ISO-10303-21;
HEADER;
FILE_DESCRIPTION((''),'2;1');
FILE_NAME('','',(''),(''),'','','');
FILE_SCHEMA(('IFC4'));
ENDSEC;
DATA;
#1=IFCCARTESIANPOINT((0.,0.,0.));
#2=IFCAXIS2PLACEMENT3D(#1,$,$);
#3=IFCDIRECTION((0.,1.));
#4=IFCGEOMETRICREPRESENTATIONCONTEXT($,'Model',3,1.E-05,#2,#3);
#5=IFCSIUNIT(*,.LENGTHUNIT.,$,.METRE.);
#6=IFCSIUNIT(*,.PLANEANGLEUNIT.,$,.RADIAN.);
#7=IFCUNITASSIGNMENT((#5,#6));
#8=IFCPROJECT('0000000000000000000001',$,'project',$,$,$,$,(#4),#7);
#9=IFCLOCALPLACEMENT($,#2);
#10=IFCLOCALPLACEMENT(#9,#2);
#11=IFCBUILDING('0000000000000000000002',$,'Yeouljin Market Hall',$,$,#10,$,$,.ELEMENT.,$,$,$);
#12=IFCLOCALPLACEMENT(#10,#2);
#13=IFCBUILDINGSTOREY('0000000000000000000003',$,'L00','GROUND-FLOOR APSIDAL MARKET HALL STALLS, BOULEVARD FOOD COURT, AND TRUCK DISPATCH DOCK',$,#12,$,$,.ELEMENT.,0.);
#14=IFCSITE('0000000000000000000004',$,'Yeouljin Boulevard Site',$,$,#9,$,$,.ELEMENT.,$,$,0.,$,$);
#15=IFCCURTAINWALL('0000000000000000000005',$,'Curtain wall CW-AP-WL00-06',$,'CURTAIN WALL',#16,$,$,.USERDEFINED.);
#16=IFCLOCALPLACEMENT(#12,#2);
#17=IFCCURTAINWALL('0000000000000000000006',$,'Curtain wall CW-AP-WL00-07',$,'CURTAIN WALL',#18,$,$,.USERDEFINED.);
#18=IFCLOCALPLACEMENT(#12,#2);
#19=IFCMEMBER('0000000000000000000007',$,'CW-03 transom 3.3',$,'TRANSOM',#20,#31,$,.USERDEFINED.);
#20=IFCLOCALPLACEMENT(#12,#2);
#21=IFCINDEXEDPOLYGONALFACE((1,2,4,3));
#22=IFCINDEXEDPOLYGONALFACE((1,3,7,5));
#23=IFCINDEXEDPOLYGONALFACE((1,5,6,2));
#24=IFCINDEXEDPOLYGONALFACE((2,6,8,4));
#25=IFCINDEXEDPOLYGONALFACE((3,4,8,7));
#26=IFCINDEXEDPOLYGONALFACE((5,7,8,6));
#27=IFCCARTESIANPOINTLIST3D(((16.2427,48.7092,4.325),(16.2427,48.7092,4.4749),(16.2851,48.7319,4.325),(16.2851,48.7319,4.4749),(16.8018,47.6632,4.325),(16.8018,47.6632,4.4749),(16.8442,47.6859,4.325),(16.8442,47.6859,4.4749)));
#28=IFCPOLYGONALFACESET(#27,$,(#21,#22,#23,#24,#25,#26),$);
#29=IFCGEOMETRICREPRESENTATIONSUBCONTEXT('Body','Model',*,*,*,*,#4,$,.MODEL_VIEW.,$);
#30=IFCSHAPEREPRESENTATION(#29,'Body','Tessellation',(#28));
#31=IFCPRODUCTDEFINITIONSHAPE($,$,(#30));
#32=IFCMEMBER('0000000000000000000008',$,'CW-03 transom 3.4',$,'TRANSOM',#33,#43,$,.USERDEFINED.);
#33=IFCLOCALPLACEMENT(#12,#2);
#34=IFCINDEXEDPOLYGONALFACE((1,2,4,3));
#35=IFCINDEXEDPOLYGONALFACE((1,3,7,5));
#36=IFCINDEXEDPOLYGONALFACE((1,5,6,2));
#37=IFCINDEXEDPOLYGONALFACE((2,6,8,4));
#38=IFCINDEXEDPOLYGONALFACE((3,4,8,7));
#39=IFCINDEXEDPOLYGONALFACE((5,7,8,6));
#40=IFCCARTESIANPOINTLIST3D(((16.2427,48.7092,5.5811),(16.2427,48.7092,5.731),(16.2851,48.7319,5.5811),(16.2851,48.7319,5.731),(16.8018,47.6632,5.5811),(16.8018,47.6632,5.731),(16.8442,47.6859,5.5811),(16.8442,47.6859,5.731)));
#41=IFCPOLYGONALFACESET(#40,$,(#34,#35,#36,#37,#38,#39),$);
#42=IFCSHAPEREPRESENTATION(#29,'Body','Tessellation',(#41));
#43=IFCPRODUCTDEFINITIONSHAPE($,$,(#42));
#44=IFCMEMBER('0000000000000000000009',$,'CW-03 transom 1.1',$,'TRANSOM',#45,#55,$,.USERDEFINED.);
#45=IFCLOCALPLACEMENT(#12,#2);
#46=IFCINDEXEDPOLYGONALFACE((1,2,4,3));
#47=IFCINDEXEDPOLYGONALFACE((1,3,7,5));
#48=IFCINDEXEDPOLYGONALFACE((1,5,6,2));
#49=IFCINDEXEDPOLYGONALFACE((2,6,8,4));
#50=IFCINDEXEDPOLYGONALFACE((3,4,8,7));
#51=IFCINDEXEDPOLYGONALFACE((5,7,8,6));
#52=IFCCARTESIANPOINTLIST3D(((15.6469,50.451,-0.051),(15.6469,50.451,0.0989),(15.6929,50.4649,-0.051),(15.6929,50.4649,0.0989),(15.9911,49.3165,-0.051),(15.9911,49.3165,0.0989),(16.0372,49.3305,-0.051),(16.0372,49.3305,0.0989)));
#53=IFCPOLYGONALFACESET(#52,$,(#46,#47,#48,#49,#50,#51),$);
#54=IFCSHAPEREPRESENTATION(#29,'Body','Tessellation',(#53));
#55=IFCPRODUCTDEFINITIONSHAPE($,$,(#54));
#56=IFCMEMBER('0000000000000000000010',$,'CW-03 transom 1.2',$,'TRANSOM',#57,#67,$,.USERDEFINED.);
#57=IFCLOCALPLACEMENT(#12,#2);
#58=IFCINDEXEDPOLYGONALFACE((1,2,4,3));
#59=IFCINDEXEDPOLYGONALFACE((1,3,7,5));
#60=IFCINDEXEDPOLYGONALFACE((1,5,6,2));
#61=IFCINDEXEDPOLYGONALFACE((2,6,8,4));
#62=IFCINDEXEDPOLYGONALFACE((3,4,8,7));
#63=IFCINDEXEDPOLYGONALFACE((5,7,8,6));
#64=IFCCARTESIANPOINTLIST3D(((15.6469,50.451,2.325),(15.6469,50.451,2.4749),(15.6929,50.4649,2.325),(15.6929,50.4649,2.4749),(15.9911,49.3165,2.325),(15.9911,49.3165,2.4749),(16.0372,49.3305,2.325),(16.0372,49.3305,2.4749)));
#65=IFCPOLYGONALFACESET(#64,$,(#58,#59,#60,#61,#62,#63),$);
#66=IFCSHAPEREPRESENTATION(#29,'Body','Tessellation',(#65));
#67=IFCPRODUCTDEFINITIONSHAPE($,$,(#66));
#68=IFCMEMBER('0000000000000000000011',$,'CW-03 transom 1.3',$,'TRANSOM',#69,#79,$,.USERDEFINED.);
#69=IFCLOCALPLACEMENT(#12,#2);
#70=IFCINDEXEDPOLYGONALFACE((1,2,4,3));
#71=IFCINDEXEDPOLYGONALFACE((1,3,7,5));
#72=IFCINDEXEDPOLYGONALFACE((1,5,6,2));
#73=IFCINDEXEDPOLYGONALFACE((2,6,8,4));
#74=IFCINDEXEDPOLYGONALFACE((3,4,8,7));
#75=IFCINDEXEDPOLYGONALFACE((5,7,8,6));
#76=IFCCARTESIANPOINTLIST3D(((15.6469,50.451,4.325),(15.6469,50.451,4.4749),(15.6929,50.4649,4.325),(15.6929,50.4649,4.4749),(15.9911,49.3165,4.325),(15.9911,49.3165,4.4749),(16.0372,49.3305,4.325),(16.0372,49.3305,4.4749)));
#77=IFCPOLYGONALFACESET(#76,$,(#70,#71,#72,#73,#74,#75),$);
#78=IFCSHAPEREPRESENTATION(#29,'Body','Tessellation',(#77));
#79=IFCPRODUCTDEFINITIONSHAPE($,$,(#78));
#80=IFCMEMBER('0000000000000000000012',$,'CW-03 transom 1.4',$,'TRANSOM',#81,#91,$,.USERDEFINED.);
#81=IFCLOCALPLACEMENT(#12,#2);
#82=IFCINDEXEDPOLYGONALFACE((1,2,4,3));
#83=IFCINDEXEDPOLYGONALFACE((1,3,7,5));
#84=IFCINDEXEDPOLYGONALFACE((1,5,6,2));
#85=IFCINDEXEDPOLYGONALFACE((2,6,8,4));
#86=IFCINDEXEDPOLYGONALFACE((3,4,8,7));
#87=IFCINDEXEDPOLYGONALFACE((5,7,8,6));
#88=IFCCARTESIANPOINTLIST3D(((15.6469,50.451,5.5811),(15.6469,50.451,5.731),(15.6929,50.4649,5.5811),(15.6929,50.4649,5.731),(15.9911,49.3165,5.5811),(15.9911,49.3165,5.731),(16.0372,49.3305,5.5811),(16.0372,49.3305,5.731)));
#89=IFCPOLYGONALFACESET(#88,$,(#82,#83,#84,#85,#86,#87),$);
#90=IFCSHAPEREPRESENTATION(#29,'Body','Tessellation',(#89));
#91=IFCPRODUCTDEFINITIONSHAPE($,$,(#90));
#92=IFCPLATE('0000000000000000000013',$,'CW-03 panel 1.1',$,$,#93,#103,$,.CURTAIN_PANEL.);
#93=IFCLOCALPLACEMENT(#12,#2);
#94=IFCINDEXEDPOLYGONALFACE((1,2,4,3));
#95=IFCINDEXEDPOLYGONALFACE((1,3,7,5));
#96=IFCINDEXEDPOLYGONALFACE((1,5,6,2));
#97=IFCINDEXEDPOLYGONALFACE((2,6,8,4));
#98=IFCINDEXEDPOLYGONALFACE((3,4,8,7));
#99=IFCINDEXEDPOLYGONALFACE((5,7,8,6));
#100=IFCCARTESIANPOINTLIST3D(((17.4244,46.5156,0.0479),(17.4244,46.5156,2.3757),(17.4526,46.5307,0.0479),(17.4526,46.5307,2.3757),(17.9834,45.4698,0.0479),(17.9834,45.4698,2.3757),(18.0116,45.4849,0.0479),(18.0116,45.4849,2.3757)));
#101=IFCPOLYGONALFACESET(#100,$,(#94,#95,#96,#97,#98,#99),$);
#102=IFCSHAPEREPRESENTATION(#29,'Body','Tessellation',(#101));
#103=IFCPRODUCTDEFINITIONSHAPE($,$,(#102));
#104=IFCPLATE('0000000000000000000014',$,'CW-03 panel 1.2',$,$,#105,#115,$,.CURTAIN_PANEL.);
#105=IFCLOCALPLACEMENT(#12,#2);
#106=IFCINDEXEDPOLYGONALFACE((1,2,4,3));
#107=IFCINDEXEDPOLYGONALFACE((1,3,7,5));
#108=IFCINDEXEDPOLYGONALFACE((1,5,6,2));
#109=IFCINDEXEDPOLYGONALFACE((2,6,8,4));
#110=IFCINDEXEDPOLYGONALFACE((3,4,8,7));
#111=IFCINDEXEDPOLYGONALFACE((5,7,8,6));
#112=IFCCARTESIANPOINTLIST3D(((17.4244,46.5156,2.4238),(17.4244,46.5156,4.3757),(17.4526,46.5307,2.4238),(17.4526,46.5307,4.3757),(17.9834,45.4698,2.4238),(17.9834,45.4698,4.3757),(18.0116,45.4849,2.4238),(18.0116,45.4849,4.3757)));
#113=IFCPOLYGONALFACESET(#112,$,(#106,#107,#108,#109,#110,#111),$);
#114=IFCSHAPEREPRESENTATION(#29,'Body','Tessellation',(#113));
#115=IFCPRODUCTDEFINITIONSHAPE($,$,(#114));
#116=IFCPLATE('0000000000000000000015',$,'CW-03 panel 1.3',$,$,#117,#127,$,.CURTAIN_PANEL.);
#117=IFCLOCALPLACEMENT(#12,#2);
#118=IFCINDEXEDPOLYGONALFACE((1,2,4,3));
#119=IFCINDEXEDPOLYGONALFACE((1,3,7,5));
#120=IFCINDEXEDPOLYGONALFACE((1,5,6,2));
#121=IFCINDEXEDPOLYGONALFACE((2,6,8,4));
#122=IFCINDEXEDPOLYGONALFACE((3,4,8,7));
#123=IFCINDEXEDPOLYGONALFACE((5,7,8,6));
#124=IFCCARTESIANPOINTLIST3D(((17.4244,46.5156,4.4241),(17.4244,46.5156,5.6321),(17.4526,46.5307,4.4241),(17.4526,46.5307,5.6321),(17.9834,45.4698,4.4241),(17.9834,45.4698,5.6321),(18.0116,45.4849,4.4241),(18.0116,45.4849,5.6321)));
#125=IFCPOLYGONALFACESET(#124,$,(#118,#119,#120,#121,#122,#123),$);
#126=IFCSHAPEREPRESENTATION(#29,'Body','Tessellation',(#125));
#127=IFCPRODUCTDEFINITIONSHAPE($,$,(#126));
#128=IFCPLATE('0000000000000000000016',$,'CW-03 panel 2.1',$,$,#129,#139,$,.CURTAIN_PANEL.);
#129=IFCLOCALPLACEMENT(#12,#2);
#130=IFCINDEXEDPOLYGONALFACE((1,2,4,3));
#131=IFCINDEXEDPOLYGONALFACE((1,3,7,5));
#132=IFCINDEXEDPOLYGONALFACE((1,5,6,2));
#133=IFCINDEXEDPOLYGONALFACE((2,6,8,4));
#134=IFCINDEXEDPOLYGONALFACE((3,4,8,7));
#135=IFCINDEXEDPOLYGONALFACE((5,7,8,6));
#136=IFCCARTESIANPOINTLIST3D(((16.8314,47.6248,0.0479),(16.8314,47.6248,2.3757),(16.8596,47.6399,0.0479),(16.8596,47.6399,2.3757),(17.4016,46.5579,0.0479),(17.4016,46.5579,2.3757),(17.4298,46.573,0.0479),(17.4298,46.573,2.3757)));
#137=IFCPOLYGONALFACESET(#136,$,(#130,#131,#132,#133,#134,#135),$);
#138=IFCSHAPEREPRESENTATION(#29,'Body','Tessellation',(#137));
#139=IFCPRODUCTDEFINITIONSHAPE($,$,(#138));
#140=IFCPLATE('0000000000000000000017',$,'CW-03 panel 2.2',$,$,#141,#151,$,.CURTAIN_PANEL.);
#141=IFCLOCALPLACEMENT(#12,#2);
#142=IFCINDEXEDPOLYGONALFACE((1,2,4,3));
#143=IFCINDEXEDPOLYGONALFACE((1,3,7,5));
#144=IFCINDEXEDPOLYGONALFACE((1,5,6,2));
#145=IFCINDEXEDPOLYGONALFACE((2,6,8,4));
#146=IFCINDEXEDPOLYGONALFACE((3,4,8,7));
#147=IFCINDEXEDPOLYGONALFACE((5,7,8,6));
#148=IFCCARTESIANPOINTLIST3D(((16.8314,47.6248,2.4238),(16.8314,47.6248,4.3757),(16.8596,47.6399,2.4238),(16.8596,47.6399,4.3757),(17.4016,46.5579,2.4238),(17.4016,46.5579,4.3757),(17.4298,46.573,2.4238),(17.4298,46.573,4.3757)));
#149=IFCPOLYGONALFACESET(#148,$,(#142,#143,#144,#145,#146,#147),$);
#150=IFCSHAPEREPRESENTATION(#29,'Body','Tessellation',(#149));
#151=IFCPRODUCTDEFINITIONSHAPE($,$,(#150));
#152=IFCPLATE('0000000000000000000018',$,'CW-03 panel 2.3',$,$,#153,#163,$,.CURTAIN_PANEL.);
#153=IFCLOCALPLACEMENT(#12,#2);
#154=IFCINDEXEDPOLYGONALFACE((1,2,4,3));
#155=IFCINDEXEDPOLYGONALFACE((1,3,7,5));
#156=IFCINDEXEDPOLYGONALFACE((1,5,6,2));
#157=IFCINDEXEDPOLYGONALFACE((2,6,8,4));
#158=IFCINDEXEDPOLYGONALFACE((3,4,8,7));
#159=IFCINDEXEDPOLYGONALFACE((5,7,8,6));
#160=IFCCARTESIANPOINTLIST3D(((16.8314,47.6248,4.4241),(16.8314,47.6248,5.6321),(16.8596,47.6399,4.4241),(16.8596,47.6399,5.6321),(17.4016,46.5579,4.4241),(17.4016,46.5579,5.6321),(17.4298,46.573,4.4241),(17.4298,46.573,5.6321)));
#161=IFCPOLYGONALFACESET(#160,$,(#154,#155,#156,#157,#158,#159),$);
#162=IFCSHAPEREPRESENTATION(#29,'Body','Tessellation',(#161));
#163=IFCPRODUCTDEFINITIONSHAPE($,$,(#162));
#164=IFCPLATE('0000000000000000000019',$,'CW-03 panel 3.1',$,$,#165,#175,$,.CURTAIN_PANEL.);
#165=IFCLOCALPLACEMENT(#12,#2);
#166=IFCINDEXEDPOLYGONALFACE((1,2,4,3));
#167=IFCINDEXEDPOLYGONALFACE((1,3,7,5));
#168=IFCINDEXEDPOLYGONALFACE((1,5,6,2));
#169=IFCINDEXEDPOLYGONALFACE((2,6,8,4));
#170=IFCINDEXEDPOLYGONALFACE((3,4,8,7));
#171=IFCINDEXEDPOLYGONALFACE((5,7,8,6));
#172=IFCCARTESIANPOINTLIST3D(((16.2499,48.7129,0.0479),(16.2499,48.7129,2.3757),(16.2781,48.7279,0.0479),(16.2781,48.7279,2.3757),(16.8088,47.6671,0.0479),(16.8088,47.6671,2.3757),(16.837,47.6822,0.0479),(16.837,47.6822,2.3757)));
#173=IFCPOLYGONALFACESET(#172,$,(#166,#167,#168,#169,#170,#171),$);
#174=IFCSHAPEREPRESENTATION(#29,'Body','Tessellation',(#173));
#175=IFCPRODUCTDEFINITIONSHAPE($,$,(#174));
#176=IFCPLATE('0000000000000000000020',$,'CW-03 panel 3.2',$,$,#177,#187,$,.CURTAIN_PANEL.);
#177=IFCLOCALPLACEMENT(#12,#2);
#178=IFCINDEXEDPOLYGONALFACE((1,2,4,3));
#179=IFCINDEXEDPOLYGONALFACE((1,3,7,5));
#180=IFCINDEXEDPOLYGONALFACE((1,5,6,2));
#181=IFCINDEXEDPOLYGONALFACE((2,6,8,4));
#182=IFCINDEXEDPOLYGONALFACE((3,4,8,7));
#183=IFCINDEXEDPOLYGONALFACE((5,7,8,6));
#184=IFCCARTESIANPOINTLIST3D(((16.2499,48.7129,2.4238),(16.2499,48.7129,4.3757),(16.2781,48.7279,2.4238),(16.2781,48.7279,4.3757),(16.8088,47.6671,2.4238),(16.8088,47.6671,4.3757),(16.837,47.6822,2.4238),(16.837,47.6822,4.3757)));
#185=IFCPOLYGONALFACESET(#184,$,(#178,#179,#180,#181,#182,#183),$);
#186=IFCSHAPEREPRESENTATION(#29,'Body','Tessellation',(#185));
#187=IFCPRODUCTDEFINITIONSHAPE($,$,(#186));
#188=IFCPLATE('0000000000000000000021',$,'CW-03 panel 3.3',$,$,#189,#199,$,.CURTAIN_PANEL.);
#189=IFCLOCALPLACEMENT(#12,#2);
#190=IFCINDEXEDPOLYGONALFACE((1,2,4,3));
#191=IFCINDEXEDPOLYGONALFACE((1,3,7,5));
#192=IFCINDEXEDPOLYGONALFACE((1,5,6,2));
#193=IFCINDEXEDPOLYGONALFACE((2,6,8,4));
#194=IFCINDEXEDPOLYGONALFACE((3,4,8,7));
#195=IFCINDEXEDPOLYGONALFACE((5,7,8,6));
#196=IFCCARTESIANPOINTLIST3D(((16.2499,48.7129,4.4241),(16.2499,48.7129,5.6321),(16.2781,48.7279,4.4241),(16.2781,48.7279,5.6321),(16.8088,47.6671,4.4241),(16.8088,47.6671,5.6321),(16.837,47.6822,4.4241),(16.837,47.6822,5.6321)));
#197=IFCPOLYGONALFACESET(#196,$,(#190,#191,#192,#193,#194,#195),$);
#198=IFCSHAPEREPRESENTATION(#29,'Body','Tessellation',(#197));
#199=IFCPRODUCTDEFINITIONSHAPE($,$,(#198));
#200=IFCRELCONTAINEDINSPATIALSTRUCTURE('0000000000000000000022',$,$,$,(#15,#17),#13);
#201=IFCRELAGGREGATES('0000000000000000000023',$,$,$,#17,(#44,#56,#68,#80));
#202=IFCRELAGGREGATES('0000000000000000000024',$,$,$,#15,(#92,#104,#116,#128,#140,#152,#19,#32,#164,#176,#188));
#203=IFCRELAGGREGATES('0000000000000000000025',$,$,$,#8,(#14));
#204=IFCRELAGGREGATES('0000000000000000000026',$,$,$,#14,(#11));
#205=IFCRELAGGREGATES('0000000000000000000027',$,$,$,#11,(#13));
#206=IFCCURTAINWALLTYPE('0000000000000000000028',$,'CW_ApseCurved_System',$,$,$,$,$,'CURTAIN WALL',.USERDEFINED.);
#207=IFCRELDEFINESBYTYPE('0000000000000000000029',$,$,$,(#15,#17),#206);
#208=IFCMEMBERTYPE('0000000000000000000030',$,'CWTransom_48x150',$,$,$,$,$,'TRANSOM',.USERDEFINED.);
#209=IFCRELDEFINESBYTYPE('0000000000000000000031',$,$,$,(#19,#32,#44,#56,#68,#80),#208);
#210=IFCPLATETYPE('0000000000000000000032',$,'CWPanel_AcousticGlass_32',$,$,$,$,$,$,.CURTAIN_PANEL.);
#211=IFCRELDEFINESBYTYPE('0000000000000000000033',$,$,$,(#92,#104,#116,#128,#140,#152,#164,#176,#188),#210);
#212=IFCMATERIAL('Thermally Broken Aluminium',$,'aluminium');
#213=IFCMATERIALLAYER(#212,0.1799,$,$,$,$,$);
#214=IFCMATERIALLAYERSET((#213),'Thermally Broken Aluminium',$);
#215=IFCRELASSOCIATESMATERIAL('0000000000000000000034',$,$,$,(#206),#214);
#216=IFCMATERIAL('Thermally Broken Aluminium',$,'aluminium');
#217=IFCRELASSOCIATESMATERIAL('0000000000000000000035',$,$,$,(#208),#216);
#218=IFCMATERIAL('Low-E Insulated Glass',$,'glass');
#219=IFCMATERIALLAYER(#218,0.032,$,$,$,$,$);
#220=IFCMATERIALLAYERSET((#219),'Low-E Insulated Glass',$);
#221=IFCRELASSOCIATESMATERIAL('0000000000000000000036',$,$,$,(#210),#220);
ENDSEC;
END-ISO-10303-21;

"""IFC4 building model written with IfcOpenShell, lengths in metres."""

from ifc_helpers import new_model, si_unit, direction, frame, origin, origin_2d, place, context, subcontext, project, spatial, rectangle, extrude, material, layer, layer_set, material_profile, profile_set, type_object, element, aggregate, save


model = new_model("IFC4")

# Units and contexts
model_context = context("Model", 3, precision=1e-05, world=origin(), true_north=direction((0.0, 1.0)))
body_context = subcontext(model_context, "Body", "Model", "MODEL_VIEW")
ifc_project = project(units=[si_unit("LENGTHUNIT", "METRE"), si_unit("PLANEANGLEUNIT", "RADIAN")], contexts=[model_context])

# Site, building, storey
site_placement = place(None, origin())
site = spatial("IfcSite", under=ifc_project, at=site_placement, Name="Yeouljin Boulevard Site", CompositionType="ELEMENT", RefElevation=0.0)
building_placement = place(site_placement, origin())
building = spatial("IfcBuilding", under=site, at=building_placement, Name="Yeouljin Market Hall", CompositionType="ELEMENT")
storey_placement = place(building_placement, origin())
storey = spatial("IfcBuildingStorey", under=building, at=storey_placement, Name="L00", Description="GROUND-FLOOR APSIDAL MARKET HALL STALLS, BOULEVARD FOOD COURT, AND TRUCK DISPATCH DOCK", CompositionType="ELEMENT", Elevation=0.0)

# Curtain wall
ifc_material_1 = material(Name="Thermally Broken Aluminium", Category="aluminium")
ifc_layer_1 = layer(ifc_material_1, 0.1799)
ifc_layer_set_1 = layer_set([ifc_layer_1], Name="Thermally Broken Aluminium")
curtain_wall_type = type_object("IfcCurtainWallType", Name="CW_ApseCurved_System", ElementType="CURTAIN WALL", PredefinedType="USERDEFINED", material=ifc_layer_set_1)
curtain_wall_1_placement = place(storey_placement, origin())
curtain_wall_1 = element("IfcCurtainWall", 1, at=curtain_wall_1_placement, inside=storey, type_object=curtain_wall_type, Name="Curtain wall CW-AP-WL00-06", ObjectType="CURTAIN WALL", PredefinedType="USERDEFINED")

# Curtain wall
curtain_wall_2_placement = place(storey_placement, origin())
curtain_wall_2 = element("IfcCurtainWall", 2, at=curtain_wall_2_placement, inside=storey, type_object=curtain_wall_type, Name="Curtain wall CW-AP-WL00-07", ObjectType="CURTAIN WALL", PredefinedType="USERDEFINED")

# Members
ifc_material_2 = material(Name="Thermally Broken Aluminium", Category="aluminium")
ifc_material_profile_1 = material_profile(ifc_material_2, rectangle(XDim=0.0481, YDim=0.1499, at=origin_2d()), Name="CW-TRAN-48x150")
ifc_profile_set_1 = profile_set([ifc_material_profile_1], Name="Thermally Broken Aluminium")
member_type_1 = type_object("IfcMemberType", Name="CWTransom_48x150", ElementType="TRANSOM", PredefinedType="USERDEFINED", material=ifc_profile_set_1)
member_1_placement = place(storey_placement, frame((16.823, 47.6746, 4.3999), z_axis=(-0.471421, 0.881908, 0.0), x_axis=(-0.881908, -0.471421, 0.0)))
member_1 = element("IfcMember", 3, at=member_1_placement, type_object=member_type_1, Name="CW-03 transom 3.3", ObjectType="TRANSOM", PredefinedType="USERDEFINED", context=body_context, shape_type="SweptSolid", body=[
    extrude(rectangle(XDim=0.0481, YDim=0.1499, at=origin_2d()), origin(), (0.0, 0.0, 1.0), 1.186),
])
member_2_placement = place(storey_placement, frame((16.823, 47.6746, 5.656), z_axis=(-0.471421, 0.881908, 0.0), x_axis=(-0.881908, -0.471421, 0.0)))
member_2 = element("IfcMember", 4, at=member_2_placement, type_object=member_type_1, Name="CW-03 transom 3.4", ObjectType="TRANSOM", PredefinedType="USERDEFINED", context=body_context, shape_type="SweptSolid", body=[
    extrude(rectangle(XDim=0.0481, YDim=0.1499, at=origin_2d()), origin(), (0.0, 0.0, 1.0), 1.186),
])
member_3_placement = place(storey_placement, frame((16.0142, 49.3235, 0.0239), z_axis=(-0.29035, 0.95692, 0.0), x_axis=(-0.95692, -0.29035, 0.0)))
member_3 = element("IfcMember", 5, at=member_3_placement, type_object=member_type_1, Name="CW-03 transom 1.1", ObjectType="TRANSOM", PredefinedType="USERDEFINED", context=body_context, shape_type="SweptSolid", body=[
    extrude(rectangle(XDim=0.0481, YDim=0.1499, at=origin_2d()), origin(), (0.0, 0.0, 1.0), 1.1855),
])
member_4_placement = place(storey_placement, frame((16.0142, 49.3235, 2.3999), z_axis=(-0.29035, 0.95692, 0.0), x_axis=(-0.95692, -0.29035, 0.0)))
member_4 = element("IfcMember", 6, at=member_4_placement, type_object=member_type_1, Name="CW-03 transom 1.2", ObjectType="TRANSOM", PredefinedType="USERDEFINED", context=body_context, shape_type="SweptSolid", body=[
    extrude(rectangle(XDim=0.0481, YDim=0.1499, at=origin_2d()), origin(), (0.0, 0.0, 1.0), 1.1855),
])
member_5_placement = place(storey_placement, frame((16.0142, 49.3235, 4.3999), z_axis=(-0.29035, 0.95692, 0.0), x_axis=(-0.95692, -0.29035, 0.0)))
member_5 = element("IfcMember", 7, at=member_5_placement, type_object=member_type_1, Name="CW-03 transom 1.3", ObjectType="TRANSOM", PredefinedType="USERDEFINED", context=body_context, shape_type="SweptSolid", body=[
    extrude(rectangle(XDim=0.0481, YDim=0.1499, at=origin_2d()), origin(), (0.0, 0.0, 1.0), 1.1855),
])
member_6_placement = place(storey_placement, frame((16.0142, 49.3235, 5.656), z_axis=(-0.29035, 0.95692, 0.0), x_axis=(-0.95692, -0.29035, 0.0)))
member_6 = element("IfcMember", 8, at=member_6_placement, type_object=member_type_1, Name="CW-03 transom 1.4", ObjectType="TRANSOM", PredefinedType="USERDEFINED", context=body_context, shape_type="SweptSolid", body=[
    extrude(rectangle(XDim=0.0481, YDim=0.1499, at=origin_2d()), origin(), (0.0, 0.0, 1.0), 1.1855),
])
aggregate(curtain_wall_2, [member_3, member_4, member_5, member_6])

# Plates
ifc_material_3 = material(Name="Low-E Insulated Glass", Category="glass")
ifc_layer_2 = layer(ifc_material_3, 0.032)
ifc_layer_set_2 = layer_set([ifc_layer_2], Name="Low-E Insulated Glass")
plate_type = type_object("IfcPlateType", Name="CWPanel_AcousticGlass_32", PredefinedType="CURTAIN_PANEL", material=ifc_layer_set_2)
plate_1_placement = place(storey_placement, frame((17.718, 46.0002, 0.0479), z_axis=(0.0, 0.0, 1.0), x_axis=(-0.471378, 0.881931, 0.0)))
plate_1 = element("IfcPlate", 9, at=plate_1_placement, type_object=plate_type, Name="CW-03 panel 1.1", PredefinedType="CURTAIN_PANEL", context=body_context, shape_type="SweptSolid", body=[
    extrude(rectangle(XDim=1.1858, YDim=0.032, at=origin_2d()), origin(), (0.0, 0.0, 1.0), 2.3279),
])
plate_2_placement = place(storey_placement, frame((17.718, 46.0002, 2.4238), z_axis=(0.0, 0.0, 1.0), x_axis=(-0.471378, 0.881931, 0.0)))
plate_2 = element("IfcPlate", 10, at=plate_2_placement, type_object=plate_type, Name="CW-03 panel 1.2", PredefinedType="CURTAIN_PANEL", context=body_context, shape_type="SweptSolid", body=[
    extrude(rectangle(XDim=1.1858, YDim=0.032, at=origin_2d()), origin(), (0.0, 0.0, 1.0), 1.9519),
])
plate_3_placement = place(storey_placement, frame((17.718, 46.0002, 4.4241), z_axis=(0.0, 0.0, 1.0), x_axis=(-0.471378, 0.881931, 0.0)))
plate_3 = element("IfcPlate", 11, at=plate_3_placement, type_object=plate_type, Name="CW-03 panel 1.3", PredefinedType="CURTAIN_PANEL", context=body_context, shape_type="SweptSolid", body=[
    extrude(rectangle(XDim=1.1858, YDim=0.032, at=origin_2d()), origin(), (0.0, 0.0, 1.0), 1.208),
])
plate_4_placement = place(storey_placement, frame((17.1306, 47.0989, 0.0479), z_axis=(0.0, 0.0, 1.0), x_axis=(-0.471378, 0.881931, 0.0)))
plate_4 = element("IfcPlate", 12, at=plate_4_placement, type_object=plate_type, Name="CW-03 panel 2.1", PredefinedType="CURTAIN_PANEL", context=body_context, shape_type="SweptSolid", body=[
    extrude(rectangle(XDim=1.2097, YDim=0.032, at=origin_2d()), origin(), (0.0, 0.0, 1.0), 2.3279),
])
plate_5_placement = place(storey_placement, frame((17.1306, 47.0989, 2.4238), z_axis=(0.0, 0.0, 1.0), x_axis=(-0.471378, 0.881931, 0.0)))
plate_5 = element("IfcPlate", 13, at=plate_5_placement, type_object=plate_type, Name="CW-03 panel 2.2", PredefinedType="CURTAIN_PANEL", context=body_context, shape_type="SweptSolid", body=[
    extrude(rectangle(XDim=1.2097, YDim=0.032, at=origin_2d()), origin(), (0.0, 0.0, 1.0), 1.9519),
])
plate_6_placement = place(storey_placement, frame((17.1306, 47.0989, 4.4241), z_axis=(0.0, 0.0, 1.0), x_axis=(-0.471378, 0.881931, 0.0)))
plate_6 = element("IfcPlate", 14, at=plate_6_placement, type_object=plate_type, Name="CW-03 panel 2.3", PredefinedType="CURTAIN_PANEL", context=body_context, shape_type="SweptSolid", body=[
    extrude(rectangle(XDim=1.2097, YDim=0.032, at=origin_2d()), origin(), (0.0, 0.0, 1.0), 1.208),
])
plate_7_placement = place(storey_placement, frame((16.5435, 48.1975, 0.0479), z_axis=(0.0, 0.0, 1.0), x_axis=(-0.471378, 0.881931, 0.0)))
plate_7 = element("IfcPlate", 15, at=plate_7_placement, type_object=plate_type, Name="CW-03 panel 3.1", PredefinedType="CURTAIN_PANEL", context=body_context, shape_type="SweptSolid", body=[
    extrude(rectangle(XDim=1.1858, YDim=0.032, at=origin_2d()), origin(), (0.0, 0.0, 1.0), 2.3279),
])
plate_8_placement = place(storey_placement, frame((16.5435, 48.1975, 2.4238), z_axis=(0.0, 0.0, 1.0), x_axis=(-0.471378, 0.881931, 0.0)))
plate_8 = element("IfcPlate", 16, at=plate_8_placement, type_object=plate_type, Name="CW-03 panel 3.2", PredefinedType="CURTAIN_PANEL", context=body_context, shape_type="SweptSolid", body=[
    extrude(rectangle(XDim=1.1858, YDim=0.032, at=origin_2d()), origin(), (0.0, 0.0, 1.0), 1.9519),
])
plate_9_placement = place(storey_placement, frame((16.5435, 48.1975, 4.4241), z_axis=(0.0, 0.0, 1.0), x_axis=(-0.471378, 0.881931, 0.0)))
plate_9 = element("IfcPlate", 17, at=plate_9_placement, type_object=plate_type, Name="CW-03 panel 3.3", PredefinedType="CURTAIN_PANEL", context=body_context, shape_type="SweptSolid", body=[
    extrude(rectangle(XDim=1.1858, YDim=0.032, at=origin_2d()), origin(), (0.0, 0.0, 1.0), 1.208),
])
aggregate(curtain_wall_1, [plate_1, plate_2, plate_3, plate_4, plate_5, plate_6, member_1, member_2, plate_7, plate_8, plate_9])

save(model, "model.ifc")
